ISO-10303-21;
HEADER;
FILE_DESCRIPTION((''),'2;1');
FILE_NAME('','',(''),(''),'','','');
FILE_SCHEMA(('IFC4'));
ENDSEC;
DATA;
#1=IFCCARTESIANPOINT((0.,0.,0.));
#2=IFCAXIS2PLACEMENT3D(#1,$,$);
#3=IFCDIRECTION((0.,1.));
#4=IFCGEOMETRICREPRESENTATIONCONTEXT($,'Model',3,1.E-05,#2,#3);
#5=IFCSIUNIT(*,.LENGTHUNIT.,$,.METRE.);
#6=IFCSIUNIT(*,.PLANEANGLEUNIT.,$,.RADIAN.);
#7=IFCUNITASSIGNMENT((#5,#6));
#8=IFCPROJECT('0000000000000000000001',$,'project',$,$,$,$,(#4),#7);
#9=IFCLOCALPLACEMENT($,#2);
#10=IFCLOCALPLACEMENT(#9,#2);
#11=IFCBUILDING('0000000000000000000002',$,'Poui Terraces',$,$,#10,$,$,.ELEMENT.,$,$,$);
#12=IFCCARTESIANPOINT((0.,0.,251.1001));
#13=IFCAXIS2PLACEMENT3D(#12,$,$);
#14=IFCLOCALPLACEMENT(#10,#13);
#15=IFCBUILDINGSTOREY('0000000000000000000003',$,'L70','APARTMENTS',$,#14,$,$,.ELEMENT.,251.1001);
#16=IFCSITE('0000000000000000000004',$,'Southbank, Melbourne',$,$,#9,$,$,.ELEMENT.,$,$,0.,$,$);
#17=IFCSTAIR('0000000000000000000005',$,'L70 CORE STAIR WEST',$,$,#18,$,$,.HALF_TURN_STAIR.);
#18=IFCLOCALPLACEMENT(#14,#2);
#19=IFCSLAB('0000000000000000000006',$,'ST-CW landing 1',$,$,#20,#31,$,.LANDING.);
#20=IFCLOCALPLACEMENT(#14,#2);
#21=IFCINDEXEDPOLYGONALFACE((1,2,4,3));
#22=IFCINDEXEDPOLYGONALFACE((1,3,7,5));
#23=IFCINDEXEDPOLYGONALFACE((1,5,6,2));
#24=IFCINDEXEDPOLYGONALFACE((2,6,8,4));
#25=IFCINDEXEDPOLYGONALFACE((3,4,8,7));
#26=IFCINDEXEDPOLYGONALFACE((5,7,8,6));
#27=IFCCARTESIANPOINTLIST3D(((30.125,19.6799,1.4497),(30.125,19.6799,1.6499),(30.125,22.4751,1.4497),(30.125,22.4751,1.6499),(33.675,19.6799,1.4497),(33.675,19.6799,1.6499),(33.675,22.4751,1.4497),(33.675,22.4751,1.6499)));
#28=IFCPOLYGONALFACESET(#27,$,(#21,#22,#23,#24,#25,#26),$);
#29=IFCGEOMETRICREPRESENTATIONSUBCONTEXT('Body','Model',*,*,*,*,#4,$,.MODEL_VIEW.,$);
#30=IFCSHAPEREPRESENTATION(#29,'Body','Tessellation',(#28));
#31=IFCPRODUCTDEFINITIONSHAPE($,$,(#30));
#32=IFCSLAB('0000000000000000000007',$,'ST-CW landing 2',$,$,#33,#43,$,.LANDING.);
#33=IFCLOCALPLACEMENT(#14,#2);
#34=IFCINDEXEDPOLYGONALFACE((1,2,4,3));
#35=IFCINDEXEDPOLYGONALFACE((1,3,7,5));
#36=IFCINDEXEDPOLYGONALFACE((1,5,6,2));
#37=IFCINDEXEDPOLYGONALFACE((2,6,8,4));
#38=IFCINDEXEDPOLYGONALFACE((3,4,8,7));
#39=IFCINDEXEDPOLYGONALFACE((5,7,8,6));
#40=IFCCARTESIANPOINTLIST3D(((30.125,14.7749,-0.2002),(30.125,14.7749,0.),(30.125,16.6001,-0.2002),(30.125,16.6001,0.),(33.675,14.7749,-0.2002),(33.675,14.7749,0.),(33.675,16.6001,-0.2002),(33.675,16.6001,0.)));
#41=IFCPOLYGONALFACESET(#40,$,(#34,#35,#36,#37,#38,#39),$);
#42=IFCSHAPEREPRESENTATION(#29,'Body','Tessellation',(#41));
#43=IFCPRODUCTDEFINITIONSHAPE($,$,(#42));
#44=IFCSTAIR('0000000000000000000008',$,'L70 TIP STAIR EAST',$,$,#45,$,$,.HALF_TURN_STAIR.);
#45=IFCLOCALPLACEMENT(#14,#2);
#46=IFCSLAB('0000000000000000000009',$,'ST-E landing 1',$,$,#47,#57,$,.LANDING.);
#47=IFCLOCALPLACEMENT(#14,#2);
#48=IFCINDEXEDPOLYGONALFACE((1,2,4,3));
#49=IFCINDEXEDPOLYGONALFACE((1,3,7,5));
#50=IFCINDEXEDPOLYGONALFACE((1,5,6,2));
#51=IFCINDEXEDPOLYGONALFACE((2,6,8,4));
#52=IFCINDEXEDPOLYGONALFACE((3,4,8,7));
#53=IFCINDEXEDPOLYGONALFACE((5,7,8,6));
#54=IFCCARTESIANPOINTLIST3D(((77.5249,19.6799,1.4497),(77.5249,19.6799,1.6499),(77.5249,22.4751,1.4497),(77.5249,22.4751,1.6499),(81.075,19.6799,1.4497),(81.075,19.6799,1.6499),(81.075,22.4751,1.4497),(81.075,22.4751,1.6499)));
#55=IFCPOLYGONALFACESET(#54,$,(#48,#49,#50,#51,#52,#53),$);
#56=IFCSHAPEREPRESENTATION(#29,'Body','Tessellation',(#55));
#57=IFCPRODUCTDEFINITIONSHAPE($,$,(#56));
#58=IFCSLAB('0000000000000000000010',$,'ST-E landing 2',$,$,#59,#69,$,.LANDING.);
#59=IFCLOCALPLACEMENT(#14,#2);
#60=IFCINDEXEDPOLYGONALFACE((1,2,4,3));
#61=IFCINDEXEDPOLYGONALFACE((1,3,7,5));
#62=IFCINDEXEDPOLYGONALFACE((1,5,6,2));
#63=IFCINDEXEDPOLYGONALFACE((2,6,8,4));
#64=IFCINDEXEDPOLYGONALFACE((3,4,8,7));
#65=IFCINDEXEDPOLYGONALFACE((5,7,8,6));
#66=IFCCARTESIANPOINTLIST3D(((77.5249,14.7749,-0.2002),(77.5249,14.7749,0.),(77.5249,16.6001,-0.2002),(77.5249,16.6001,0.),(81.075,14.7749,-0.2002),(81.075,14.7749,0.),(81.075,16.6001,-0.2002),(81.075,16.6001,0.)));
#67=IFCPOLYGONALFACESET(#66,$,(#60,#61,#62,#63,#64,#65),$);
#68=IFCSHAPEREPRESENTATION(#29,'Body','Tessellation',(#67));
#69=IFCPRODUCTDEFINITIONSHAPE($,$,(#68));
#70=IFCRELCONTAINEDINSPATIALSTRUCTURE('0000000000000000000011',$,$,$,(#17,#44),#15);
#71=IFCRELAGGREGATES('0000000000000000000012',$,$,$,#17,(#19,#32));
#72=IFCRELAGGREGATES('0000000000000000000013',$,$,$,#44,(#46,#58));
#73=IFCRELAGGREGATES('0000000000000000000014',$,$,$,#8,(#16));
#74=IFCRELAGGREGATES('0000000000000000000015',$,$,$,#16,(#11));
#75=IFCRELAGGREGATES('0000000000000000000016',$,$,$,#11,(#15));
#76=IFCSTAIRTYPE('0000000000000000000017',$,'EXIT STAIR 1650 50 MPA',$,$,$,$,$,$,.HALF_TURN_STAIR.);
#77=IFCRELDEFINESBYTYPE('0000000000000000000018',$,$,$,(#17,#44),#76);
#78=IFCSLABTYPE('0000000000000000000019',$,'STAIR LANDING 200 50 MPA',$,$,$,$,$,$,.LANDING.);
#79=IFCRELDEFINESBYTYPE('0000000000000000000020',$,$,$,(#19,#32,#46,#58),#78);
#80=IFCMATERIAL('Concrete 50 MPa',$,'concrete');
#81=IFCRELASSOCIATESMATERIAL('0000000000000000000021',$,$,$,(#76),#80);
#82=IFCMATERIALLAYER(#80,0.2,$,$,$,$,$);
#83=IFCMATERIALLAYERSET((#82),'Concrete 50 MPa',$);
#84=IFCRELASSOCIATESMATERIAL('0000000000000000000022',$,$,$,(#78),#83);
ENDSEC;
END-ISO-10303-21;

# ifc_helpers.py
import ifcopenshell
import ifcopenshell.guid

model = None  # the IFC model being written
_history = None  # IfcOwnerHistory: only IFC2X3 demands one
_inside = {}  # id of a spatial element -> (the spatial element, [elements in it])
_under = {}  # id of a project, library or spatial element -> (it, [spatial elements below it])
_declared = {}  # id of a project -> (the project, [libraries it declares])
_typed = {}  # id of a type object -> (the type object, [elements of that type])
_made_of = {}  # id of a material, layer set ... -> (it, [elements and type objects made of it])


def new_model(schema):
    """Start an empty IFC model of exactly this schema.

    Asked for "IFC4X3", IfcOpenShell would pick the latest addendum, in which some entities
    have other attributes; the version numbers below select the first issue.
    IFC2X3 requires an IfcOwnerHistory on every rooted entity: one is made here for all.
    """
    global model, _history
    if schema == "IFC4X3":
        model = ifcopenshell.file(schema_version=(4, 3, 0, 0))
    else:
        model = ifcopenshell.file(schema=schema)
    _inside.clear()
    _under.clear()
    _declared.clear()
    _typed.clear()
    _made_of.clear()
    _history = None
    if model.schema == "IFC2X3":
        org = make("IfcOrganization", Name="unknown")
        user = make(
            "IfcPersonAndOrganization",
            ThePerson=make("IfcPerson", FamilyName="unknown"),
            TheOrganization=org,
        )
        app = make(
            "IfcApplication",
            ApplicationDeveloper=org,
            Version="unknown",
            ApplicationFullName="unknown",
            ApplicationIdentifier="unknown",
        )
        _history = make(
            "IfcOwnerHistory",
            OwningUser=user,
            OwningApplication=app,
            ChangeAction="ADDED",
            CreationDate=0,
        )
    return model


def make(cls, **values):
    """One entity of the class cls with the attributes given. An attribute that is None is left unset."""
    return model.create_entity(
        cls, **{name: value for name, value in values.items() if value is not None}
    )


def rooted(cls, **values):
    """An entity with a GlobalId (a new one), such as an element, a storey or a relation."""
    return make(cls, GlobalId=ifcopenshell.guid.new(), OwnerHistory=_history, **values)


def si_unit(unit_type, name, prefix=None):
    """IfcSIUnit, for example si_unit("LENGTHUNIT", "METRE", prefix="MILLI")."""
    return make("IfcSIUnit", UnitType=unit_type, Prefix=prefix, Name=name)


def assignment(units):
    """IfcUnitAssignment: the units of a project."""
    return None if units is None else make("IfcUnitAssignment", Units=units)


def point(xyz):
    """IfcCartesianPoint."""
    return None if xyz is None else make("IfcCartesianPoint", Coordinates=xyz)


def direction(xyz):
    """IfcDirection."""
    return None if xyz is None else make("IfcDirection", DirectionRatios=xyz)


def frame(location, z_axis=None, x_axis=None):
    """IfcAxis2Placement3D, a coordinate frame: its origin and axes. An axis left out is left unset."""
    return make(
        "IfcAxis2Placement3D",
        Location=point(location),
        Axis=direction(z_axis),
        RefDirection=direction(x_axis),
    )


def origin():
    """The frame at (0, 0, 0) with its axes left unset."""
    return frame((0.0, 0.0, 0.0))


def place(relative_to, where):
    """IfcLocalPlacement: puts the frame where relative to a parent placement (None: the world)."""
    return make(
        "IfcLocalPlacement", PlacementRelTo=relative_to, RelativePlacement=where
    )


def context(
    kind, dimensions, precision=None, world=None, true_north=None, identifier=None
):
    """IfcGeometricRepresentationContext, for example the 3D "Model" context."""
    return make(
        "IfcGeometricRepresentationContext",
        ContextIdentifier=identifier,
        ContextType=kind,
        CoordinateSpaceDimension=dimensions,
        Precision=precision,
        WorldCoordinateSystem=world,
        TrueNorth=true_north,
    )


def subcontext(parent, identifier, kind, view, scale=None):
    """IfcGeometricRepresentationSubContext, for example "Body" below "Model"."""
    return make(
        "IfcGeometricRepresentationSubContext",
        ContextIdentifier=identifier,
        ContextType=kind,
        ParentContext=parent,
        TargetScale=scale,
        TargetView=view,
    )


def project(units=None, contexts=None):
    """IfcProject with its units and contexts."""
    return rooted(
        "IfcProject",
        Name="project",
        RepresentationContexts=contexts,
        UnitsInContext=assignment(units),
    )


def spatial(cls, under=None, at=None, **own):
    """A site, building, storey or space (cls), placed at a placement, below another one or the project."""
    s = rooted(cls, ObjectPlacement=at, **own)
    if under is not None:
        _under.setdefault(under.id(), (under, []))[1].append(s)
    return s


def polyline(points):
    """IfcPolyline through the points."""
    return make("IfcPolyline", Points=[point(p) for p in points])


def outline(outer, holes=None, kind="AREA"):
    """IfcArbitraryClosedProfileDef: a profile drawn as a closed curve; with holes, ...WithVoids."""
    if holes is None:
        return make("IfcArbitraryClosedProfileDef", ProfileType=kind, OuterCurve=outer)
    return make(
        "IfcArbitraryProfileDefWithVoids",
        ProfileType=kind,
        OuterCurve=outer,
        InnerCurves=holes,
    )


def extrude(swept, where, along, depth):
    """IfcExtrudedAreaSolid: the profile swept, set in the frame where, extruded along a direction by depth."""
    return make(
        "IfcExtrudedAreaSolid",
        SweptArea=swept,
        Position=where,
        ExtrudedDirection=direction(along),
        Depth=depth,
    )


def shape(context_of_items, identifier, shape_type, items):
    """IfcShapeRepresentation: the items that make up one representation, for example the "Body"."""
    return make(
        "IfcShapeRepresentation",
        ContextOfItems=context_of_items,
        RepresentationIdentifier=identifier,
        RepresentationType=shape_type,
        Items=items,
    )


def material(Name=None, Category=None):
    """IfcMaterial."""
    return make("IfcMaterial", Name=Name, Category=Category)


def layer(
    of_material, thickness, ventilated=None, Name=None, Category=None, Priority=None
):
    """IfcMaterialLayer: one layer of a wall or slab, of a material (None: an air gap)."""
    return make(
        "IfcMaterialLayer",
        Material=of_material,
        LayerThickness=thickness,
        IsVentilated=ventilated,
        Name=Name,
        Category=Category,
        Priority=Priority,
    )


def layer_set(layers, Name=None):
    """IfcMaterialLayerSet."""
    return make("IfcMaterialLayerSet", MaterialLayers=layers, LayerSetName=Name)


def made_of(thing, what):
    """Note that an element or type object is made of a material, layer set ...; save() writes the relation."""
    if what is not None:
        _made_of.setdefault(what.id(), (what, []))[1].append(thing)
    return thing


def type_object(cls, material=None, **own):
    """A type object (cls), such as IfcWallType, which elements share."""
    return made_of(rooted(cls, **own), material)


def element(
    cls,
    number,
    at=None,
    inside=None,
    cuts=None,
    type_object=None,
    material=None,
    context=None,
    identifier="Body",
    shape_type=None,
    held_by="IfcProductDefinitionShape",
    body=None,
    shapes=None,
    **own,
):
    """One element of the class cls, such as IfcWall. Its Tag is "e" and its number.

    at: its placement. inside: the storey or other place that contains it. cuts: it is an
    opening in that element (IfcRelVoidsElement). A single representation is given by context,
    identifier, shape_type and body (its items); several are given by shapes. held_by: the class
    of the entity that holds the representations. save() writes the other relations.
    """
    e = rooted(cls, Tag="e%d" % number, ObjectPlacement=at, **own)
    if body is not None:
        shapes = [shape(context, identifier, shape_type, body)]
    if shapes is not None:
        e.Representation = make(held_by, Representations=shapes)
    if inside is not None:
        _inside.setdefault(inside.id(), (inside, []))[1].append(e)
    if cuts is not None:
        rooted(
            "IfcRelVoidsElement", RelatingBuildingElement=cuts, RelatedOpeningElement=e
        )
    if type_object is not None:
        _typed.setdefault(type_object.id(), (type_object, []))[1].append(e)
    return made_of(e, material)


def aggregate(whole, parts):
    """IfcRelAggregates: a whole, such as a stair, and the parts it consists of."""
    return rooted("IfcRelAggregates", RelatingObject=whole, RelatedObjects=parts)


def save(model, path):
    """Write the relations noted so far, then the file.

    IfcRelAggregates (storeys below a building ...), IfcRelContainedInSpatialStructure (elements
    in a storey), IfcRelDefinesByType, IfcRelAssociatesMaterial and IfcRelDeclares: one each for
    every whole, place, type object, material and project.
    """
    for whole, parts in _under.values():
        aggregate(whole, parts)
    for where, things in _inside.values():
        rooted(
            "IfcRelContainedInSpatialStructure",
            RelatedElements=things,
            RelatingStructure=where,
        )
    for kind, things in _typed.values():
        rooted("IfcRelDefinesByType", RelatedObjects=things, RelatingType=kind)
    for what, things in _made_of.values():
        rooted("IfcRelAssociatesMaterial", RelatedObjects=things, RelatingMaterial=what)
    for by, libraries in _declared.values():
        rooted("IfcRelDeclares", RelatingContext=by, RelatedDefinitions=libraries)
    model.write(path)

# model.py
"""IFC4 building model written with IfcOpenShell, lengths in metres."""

from ifc_helpers import new_model, si_unit, direction, frame, origin, place, context, subcontext, project, spatial, polyline, outline, extrude, material, layer, layer_set, type_object, element, aggregate, save


model = new_model("IFC4")

# Units and contexts
model_context = context("Model", 3, precision=1e-05, world=origin(), true_north=direction((0.0, 1.0)))
body_context = subcontext(model_context, "Body", "Model", "MODEL_VIEW")
ifc_project = project(units=[si_unit("LENGTHUNIT", "METRE"), si_unit("PLANEANGLEUNIT", "RADIAN")], contexts=[model_context])

# Site, building, storey
site_placement = place(None, origin())
site = spatial("IfcSite", under=ifc_project, at=site_placement, Name="Southbank, Melbourne", CompositionType="ELEMENT", RefElevation=0.0)
building_placement = place(site_placement, origin())
building = spatial("IfcBuilding", under=site, at=building_placement, Name="Poui Terraces", CompositionType="ELEMENT")
storey_placement = place(building_placement, frame((0.0, 0.0, 251.1001)))
storey = spatial("IfcBuildingStorey", under=building, at=storey_placement, Name="L70", Description="APARTMENTS", CompositionType="ELEMENT", Elevation=251.1001)

# Stairs, slabs
ifc_material = material(Name="Concrete 50 MPa", Category="concrete")
stair_type = type_object("IfcStairType", Name="EXIT STAIR 1650 50 MPA", PredefinedType="HALF_TURN_STAIR", material=ifc_material)
stair_1_placement = place(storey_placement, origin())
stair_1 = element("IfcStair", 1, at=stair_1_placement, inside=storey, type_object=stair_type, Name="L70 CORE STAIR WEST", PredefinedType="HALF_TURN_STAIR")
ifc_layer = layer(ifc_material, 0.2)
ifc_layer_set = layer_set([ifc_layer], Name="Concrete 50 MPa")
slab_type = type_object("IfcSlabType", Name="STAIR LANDING 200 50 MPA", PredefinedType="LANDING", material=ifc_layer_set)
slab_1_placement = place(storey_placement, frame((0.0, 0.0, 1.4497)))
slab_1 = element("IfcSlab", 2, at=slab_1_placement, type_object=slab_type, Name="ST-CW landing 1", PredefinedType="LANDING", context=body_context, shape_type="SweptSolid", body=[
    extrude(outline(polyline([(30.125, 19.6799), (33.675, 19.6799), (33.675, 22.4751), (30.125, 22.4751), (30.125, 19.6799)])), origin(), (0.0, 0.0, 1.0), 0.2002),
])
slab_2_placement = place(storey_placement, frame((0.0, 0.0, -0.2002)))
slab_2 = element("IfcSlab", 3, at=slab_2_placement, type_object=slab_type, Name="ST-CW landing 2", PredefinedType="LANDING", context=body_context, shape_type="SweptSolid", body=[
    extrude(outline(polyline([(30.125, 14.7749), (33.675, 14.7749), (33.675, 16.6001), (30.125, 16.6001), (30.125, 14.7749)])), origin(), (0.0, 0.0, 1.0), 0.2002),
])
aggregate(stair_1, [slab_1, slab_2])
stair_2_placement = place(storey_placement, origin())
stair_2 = element("IfcStair", 4, at=stair_2_placement, inside=storey, type_object=stair_type, Name="L70 TIP STAIR EAST", PredefinedType="HALF_TURN_STAIR")
slab_3_placement = place(storey_placement, frame((0.0, 0.0, 1.4497)))
slab_3 = element("IfcSlab", 5, at=slab_3_placement, type_object=slab_type, Name="ST-E landing 1", PredefinedType="LANDING", context=body_context, shape_type="SweptSolid", body=[
    extrude(outline(polyline([(77.5249, 19.6799), (81.075, 19.6799), (81.075, 22.4751), (77.5249, 22.4751), (77.5249, 19.6799)])), origin(), (0.0, 0.0, 1.0), 0.2002),
])
slab_4_placement = place(storey_placement, frame((0.0, 0.0, -0.2002)))
slab_4 = element("IfcSlab", 6, at=slab_4_placement, type_object=slab_type, Name="ST-E landing 2", PredefinedType="LANDING", context=body_context, shape_type="SweptSolid", body=[
    extrude(outline(polyline([(77.5249, 14.7749), (81.075, 14.7749), (81.075, 16.6001), (77.5249, 16.6001), (77.5249, 14.7749)])), origin(), (0.0, 0.0, 1.0), 0.2002),
])
aggregate(stair_2, [slab_3, slab_4])

save(model, "model.ifc")
